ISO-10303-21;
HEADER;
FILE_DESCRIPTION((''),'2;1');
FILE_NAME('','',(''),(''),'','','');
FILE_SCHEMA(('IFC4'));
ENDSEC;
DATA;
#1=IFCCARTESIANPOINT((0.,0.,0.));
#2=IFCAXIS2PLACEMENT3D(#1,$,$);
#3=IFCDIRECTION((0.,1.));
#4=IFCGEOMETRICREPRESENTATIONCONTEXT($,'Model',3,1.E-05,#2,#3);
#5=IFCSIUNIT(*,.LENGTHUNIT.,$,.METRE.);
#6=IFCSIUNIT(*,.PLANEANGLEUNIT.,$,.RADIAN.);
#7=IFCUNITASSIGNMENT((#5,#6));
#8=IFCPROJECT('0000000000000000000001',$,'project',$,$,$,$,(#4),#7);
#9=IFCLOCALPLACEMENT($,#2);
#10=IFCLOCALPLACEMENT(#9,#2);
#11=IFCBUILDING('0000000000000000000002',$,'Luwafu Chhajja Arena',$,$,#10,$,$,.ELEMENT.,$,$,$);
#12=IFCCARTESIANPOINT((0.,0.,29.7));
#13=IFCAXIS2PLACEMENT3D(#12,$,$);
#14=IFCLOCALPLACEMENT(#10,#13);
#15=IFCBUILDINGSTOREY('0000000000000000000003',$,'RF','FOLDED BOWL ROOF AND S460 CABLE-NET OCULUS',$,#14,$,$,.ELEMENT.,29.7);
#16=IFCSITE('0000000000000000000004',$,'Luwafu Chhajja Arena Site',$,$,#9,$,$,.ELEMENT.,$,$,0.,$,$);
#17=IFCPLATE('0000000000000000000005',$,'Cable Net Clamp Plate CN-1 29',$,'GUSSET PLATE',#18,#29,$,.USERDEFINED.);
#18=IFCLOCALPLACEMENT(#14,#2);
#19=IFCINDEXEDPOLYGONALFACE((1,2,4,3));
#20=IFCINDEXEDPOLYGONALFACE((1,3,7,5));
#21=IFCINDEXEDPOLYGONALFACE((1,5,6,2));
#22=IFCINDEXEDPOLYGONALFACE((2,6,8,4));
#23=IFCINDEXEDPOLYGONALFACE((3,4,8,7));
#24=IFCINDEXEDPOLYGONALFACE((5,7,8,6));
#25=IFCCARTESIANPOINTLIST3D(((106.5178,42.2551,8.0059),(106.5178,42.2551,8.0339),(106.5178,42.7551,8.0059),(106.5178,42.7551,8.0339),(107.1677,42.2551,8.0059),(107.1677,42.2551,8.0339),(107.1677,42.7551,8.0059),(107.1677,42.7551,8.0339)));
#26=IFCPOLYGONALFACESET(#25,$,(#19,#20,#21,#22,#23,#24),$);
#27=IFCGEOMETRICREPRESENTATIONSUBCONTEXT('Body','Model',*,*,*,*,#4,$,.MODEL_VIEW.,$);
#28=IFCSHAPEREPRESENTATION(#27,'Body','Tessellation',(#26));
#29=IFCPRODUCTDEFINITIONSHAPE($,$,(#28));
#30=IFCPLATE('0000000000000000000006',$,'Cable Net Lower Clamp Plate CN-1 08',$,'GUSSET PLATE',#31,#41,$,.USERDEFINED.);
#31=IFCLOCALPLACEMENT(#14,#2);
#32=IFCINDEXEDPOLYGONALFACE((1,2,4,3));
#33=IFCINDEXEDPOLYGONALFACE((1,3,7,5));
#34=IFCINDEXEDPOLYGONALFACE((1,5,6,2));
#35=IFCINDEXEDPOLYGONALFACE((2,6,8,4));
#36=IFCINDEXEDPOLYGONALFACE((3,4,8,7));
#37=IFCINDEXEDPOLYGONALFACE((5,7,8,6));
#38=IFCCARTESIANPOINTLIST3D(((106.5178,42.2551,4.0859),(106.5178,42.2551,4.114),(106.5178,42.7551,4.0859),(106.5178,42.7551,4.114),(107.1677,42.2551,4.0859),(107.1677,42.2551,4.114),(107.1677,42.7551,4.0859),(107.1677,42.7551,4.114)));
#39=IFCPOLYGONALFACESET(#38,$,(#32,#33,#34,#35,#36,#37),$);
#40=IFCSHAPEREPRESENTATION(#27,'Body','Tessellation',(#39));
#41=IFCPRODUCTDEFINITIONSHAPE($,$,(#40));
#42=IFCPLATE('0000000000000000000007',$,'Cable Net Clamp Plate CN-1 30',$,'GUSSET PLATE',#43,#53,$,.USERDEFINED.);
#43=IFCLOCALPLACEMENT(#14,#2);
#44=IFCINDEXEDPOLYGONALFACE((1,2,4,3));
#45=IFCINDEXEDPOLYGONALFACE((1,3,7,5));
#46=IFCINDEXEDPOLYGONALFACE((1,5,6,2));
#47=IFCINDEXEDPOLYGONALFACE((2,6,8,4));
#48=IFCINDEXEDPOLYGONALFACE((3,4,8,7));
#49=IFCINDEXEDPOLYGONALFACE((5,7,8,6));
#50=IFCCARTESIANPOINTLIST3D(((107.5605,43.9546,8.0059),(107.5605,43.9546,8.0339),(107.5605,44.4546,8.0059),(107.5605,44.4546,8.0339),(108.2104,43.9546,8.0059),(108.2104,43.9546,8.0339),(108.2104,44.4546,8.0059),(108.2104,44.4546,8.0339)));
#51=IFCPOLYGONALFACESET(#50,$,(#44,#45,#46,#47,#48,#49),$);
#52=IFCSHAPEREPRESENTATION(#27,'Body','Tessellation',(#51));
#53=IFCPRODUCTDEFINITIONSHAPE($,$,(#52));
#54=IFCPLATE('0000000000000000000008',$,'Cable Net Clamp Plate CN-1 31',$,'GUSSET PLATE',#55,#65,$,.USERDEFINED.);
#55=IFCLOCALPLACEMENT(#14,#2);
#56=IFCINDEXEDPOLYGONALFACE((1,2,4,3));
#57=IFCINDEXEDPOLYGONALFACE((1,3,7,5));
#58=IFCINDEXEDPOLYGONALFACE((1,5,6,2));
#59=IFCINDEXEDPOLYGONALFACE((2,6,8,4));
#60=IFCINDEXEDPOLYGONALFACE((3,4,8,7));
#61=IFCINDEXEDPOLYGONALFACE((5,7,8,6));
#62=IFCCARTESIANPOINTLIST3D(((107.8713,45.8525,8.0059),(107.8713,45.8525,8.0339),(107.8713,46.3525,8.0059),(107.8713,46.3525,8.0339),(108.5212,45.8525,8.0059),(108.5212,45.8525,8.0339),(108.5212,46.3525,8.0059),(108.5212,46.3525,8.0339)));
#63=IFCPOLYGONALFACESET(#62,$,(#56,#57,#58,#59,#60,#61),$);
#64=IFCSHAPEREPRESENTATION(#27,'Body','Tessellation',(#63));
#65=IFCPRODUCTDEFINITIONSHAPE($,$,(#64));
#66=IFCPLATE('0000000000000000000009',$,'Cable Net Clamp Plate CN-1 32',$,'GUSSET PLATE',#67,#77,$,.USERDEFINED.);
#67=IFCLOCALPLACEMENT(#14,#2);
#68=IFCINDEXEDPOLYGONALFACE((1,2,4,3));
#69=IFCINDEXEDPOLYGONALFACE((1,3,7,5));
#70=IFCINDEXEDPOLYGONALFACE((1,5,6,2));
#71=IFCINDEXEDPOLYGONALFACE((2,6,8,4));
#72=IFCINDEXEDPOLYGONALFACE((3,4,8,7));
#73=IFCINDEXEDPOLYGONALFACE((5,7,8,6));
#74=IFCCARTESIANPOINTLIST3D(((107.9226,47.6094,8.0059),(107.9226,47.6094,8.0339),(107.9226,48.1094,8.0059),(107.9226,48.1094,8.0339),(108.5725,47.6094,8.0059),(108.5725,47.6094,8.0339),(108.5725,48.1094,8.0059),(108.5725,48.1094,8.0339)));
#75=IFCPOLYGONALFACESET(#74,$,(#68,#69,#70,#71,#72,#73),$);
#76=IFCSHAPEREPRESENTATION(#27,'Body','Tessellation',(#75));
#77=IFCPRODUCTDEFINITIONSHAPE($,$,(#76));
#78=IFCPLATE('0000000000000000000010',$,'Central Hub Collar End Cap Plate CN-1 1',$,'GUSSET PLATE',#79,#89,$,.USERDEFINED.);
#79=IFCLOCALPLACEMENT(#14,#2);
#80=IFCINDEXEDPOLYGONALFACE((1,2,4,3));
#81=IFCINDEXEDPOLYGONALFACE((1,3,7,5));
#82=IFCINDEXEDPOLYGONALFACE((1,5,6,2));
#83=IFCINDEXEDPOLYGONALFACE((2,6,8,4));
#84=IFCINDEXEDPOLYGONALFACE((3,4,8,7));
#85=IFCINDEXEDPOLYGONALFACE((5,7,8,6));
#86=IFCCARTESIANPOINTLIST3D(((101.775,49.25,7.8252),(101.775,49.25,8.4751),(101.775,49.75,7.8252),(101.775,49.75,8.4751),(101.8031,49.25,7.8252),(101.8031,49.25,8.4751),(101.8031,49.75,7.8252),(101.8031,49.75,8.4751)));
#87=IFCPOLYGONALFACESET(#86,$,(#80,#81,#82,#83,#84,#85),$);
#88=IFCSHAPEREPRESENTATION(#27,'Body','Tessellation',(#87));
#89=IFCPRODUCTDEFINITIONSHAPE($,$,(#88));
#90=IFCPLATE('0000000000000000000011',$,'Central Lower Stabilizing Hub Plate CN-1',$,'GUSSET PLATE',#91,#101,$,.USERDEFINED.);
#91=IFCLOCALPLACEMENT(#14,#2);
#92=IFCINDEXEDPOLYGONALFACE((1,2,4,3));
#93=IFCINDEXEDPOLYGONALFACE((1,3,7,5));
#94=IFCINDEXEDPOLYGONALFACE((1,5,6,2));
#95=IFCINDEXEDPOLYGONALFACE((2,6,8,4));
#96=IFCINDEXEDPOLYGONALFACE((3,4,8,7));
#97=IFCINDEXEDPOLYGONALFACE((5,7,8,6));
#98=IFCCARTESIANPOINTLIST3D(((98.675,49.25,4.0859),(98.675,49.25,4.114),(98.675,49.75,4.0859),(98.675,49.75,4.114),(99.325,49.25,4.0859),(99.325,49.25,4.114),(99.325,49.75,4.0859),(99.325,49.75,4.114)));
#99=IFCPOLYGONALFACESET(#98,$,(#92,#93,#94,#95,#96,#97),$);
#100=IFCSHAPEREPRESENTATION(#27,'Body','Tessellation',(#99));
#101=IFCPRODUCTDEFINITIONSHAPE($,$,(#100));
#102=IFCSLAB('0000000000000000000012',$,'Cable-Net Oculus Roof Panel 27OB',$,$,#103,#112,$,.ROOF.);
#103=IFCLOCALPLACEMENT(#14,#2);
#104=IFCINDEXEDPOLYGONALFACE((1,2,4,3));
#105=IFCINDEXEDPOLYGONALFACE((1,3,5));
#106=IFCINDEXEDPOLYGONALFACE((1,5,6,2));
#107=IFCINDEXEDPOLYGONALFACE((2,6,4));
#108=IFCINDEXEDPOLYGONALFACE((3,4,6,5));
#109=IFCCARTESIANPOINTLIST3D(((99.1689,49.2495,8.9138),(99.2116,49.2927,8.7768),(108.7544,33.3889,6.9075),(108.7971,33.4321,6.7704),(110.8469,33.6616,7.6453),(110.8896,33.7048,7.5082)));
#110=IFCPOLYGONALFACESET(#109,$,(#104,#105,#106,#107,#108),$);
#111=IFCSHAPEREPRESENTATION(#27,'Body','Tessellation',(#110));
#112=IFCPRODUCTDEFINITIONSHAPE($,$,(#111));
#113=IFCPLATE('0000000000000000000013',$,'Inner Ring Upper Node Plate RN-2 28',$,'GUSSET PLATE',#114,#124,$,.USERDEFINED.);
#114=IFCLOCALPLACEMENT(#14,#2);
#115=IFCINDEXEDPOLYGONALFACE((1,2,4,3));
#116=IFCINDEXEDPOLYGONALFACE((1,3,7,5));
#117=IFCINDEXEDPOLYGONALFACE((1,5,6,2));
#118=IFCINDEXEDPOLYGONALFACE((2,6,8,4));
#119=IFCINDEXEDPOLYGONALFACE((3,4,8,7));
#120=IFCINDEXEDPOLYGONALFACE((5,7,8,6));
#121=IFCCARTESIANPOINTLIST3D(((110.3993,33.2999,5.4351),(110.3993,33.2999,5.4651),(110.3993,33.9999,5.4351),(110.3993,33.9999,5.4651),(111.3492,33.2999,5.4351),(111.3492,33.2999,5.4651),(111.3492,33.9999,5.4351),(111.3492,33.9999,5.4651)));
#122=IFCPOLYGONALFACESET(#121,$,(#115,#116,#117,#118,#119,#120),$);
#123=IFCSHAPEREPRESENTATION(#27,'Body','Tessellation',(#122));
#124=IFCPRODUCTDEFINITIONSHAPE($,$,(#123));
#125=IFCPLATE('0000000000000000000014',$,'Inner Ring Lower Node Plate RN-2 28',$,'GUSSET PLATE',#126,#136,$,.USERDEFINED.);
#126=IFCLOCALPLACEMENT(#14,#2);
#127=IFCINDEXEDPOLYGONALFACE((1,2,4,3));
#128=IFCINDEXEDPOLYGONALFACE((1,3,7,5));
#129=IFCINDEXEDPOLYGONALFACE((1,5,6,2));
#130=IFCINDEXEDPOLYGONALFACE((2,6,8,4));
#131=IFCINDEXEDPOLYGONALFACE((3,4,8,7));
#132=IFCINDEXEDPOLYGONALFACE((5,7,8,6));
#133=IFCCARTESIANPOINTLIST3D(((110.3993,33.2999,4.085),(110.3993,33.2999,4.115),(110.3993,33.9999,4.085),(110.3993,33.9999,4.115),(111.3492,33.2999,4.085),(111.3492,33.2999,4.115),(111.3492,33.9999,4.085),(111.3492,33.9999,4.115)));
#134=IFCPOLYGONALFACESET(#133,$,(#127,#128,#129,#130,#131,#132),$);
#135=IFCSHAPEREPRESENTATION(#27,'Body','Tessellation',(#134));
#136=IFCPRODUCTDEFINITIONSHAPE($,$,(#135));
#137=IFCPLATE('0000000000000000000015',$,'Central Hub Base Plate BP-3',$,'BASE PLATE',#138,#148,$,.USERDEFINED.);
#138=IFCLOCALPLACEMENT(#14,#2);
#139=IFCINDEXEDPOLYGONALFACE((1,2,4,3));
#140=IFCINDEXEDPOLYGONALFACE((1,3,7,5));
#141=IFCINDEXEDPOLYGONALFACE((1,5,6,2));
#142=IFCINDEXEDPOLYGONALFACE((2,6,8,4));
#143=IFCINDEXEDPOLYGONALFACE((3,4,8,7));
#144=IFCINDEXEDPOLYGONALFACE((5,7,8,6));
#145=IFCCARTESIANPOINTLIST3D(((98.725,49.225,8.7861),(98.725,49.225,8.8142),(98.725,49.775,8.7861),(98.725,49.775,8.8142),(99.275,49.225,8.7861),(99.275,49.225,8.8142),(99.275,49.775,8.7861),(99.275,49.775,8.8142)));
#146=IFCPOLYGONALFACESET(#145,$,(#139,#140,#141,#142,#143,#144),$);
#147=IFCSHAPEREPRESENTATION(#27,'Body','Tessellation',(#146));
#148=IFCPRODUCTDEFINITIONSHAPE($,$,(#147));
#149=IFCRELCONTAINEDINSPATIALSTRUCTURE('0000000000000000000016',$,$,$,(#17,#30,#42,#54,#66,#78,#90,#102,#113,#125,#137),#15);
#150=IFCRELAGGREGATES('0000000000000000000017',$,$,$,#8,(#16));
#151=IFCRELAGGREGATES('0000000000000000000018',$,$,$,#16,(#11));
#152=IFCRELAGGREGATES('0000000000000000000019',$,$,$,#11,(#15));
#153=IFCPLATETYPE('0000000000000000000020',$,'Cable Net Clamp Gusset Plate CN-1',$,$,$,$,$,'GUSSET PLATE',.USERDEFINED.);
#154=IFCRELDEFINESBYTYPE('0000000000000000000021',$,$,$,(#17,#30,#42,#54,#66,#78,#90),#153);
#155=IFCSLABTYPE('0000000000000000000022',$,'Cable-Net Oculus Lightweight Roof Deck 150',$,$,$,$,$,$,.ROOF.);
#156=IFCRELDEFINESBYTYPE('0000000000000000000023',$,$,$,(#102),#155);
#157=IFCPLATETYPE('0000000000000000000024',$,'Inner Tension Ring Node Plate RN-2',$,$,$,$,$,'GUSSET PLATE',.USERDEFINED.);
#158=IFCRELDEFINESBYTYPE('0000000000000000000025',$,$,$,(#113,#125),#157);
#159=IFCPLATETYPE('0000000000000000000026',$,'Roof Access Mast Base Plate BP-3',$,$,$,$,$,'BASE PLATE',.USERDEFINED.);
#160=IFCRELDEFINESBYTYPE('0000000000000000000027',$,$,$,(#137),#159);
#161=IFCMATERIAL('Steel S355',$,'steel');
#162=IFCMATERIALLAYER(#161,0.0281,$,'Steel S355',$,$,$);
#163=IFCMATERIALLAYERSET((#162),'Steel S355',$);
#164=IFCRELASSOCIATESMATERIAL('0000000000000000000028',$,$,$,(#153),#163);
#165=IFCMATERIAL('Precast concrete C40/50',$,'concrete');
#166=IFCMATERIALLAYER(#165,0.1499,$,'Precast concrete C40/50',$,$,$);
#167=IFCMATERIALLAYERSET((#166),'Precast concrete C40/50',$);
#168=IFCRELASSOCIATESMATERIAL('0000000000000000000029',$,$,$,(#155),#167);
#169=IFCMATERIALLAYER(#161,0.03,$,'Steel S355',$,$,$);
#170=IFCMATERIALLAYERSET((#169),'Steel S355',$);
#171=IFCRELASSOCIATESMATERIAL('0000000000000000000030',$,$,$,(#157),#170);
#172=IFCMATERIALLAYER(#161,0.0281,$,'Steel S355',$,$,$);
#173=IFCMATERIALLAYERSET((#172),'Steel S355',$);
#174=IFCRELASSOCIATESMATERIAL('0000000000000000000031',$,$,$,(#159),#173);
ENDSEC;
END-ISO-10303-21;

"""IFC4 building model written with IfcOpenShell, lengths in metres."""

from ifc_helpers import new_model, si_unit, direction, frame, origin, origin_2d, place, context, subcontext, project, spatial, polyline, rectangle, outline, extrude, material, layer, layer_set, type_object, element, save


model = new_model("IFC4")

# Units and contexts
model_context = context("Model", 3, precision=1e-05, world=origin(), true_north=direction((0.0, 1.0)))
body_context = subcontext(model_context, "Body", "Model", "MODEL_VIEW")
ifc_project = project(units=[si_unit("LENGTHUNIT", "METRE"), si_unit("PLANEANGLEUNIT", "RADIAN")], contexts=[model_context])

# Site, building, storey
site_placement = place(None, origin())
site = spatial("IfcSite", under=ifc_project, at=site_placement, Name="Luwafu Chhajja Arena Site", CompositionType="ELEMENT", RefElevation=0.0)
building_placement = place(site_placement, origin())
building = spatial("IfcBuilding", under=site, at=building_placement, Name="Luwafu Chhajja Arena", CompositionType="ELEMENT")
storey_placement = place(building_placement, frame((0.0, 0.0, 29.7)))
storey = spatial("IfcBuildingStorey", under=building, at=storey_placement, Name="RF", Description="FOLDED BOWL ROOF AND S460 CABLE-NET OCULUS", CompositionType="ELEMENT", Elevation=29.7)

# Shared definitions
ifc_material_1 = material(Name="Steel S355", Category="steel")

# Plates
ifc_layer_1 = layer(ifc_material_1, 0.0281, Name="Steel S355")
ifc_layer_set_1 = layer_set([ifc_layer_1], Name="Steel S355")
plate_type_1 = type_object("IfcPlateType", Name="Cable Net Clamp Gusset Plate CN-1", ElementType="GUSSET PLATE", PredefinedType="USERDEFINED", material=ifc_layer_set_1)
for number, where, z_axis, x_axis, name in (
    (1, (106.8428, 42.5051, 8.0059), (0.0, 0.0, 1.0), (1.0, 0.0, 0.0), "Cable Net Clamp Plate CN-1 29"),
    (2, (106.8428, 42.5051, 4.0859), (0.0, 0.0, 1.0), (1.0, 0.0, 0.0), "Cable Net Lower Clamp Plate CN-1 08"),
    (3, (107.8855, 44.2046, 8.0059), (0.0, 0.0, 1.0), (1.0, 0.0, 0.0), "Cable Net Clamp Plate CN-1 30"),
    (4, (108.1963, 46.1025, 8.0059), (0.0, 0.0, 1.0), (1.0, 0.0, 0.0), "Cable Net Clamp Plate CN-1 31"),
    (5, (108.2476, 47.8594, 8.0059), (0.0, 0.0, 1.0), (1.0, 0.0, 0.0), "Cable Net Clamp Plate CN-1 32"),
):
    element("IfcPlate", number, at=place(storey_placement, frame(where, z_axis=z_axis, x_axis=x_axis)), inside=storey, type_object=plate_type_1, Name=name, ObjectType="GUSSET PLATE", PredefinedType="USERDEFINED", context=body_context, shape_type="SweptSolid", body=[
        extrude(rectangle(XDim=0.6499, YDim=0.5, at=origin_2d()), origin(), (0.0, 0.0, 1.0), 0.0281),
    ])
plate_1_placement = place(storey_placement, frame((101.7891, 49.5, 7.8252), z_axis=(0.0, 0.0, 1.0), x_axis=(-1.0, 0.0, 0.0)))
element("IfcPlate", 6, at=plate_1_placement, inside=storey, type_object=plate_type_1, Name="Central Hub Collar End Cap Plate CN-1 1", ObjectType="GUSSET PLATE", PredefinedType="USERDEFINED", context=body_context, shape_type="SweptSolid", body=[
    extrude(rectangle(XDim=0.0281, YDim=0.5, at=origin_2d()), origin(), (0.0, 0.0, 1.0), 0.6499),
])
plate_2_placement = place(storey_placement, frame((99.0, 49.5, 4.0859), z_axis=(0.0, 0.0, 1.0), x_axis=(1.0, 0.0, 0.0)))
element("IfcPlate", 7, at=plate_2_placement, inside=storey, type_object=plate_type_1, Name="Central Lower Stabilizing Hub Plate CN-1", ObjectType="GUSSET PLATE", PredefinedType="USERDEFINED", context=body_context, shape_type="SweptSolid", body=[
    extrude(rectangle(XDim=0.6499, YDim=0.5, at=origin_2d()), origin(), (0.0, 0.0, 1.0), 0.0281),
])

# Slab
ifc_material_2 = material(Name="Precast concrete C40/50", Category="concrete")
ifc_layer_2 = layer(ifc_material_2, 0.1499, Name="Precast concrete C40/50")
ifc_layer_set_2 = layer_set([ifc_layer_2], Name="Precast concrete C40/50")
slab_type = type_object("IfcSlabType", Name="Cable-Net Oculus Lightweight Roof Deck 150", PredefinedType="ROOF", material=ifc_layer_set_2)
slab_placement = place(storey_placement, frame((108.7544, 33.3889, 6.9075), z_axis=(-0.284869, -0.287825, 0.914334), x_axis=(-0.51423, 0.850872, 0.107634)))
element("IfcSlab", 8, at=slab_placement, inside=storey, type_object=slab_type, Name="Cable-Net Oculus Roof Panel 27OB", PredefinedType="ROOF", context=body_context, shape_type="SweptSolid", body=[
    extrude(outline(polyline([(0.0, 0.0), (18.6404, 0.0), (-0.7646, -2.1007), (0.0, 0.0)])), origin(), (0.0, 0.0, -1.0), 0.1499),
])

# Plates
ifc_layer_3 = layer(ifc_material_1, 0.03, Name="Steel S355")
ifc_layer_set_3 = layer_set([ifc_layer_3], Name="Steel S355")
plate_type_2 = type_object("IfcPlateType", Name="Inner Tension Ring Node Plate RN-2", ElementType="GUSSET PLATE", PredefinedType="USERDEFINED", material=ifc_layer_set_3)
for number, where, z_axis, x_axis, name in (
    (9, (110.8743, 33.6499, 5.4351), (0.0, 0.0, 1.0), (1.0, 0.0, 0.0), "Inner Ring Upper Node Plate RN-2 28"),
    (10, (110.8743, 33.6499, 4.085), (0.0, 0.0, 1.0), (1.0, 0.0, 0.0), "Inner Ring Lower Node Plate RN-2 28"),
):
    element("IfcPlate", number, at=place(storey_placement, frame(where, z_axis=z_axis, x_axis=x_axis)), inside=storey, type_object=plate_type_2, Name=name, ObjectType="GUSSET PLATE", PredefinedType="USERDEFINED", context=body_context, shape_type="SweptSolid", body=[
        extrude(rectangle(XDim=0.95, YDim=0.7, at=origin_2d()), origin(), (0.0, 0.0, 1.0), 0.03),
    ])
ifc_layer_4 = layer(ifc_material_1, 0.0281, Name="Steel S355")
ifc_layer_set_4 = layer_set([ifc_layer_4], Name="Steel S355")
plate_type_3 = type_object("IfcPlateType", Name="Roof Access Mast Base Plate BP-3", ElementType="BASE PLATE", PredefinedType="USERDEFINED", material=ifc_layer_set_4)
plate_3_placement = place(storey_placement, frame((99.0, 49.5, 8.7861), z_axis=(0.0, 0.0, 1.0), x_axis=(1.0, 0.0, 0.0)))
element("IfcPlate", 11, at=plate_3_placement, inside=storey, type_object=plate_type_3, Name="Central Hub Base Plate BP-3", ObjectType="BASE PLATE", PredefinedType="USERDEFINED", context=body_context, shape_type="SweptSolid", body=[
    extrude(rectangle(XDim=0.55, YDim=0.55, at=origin_2d()), origin(), (0.0, 0.0, 1.0), 0.0281),
])

save(model, "model.ifc")
